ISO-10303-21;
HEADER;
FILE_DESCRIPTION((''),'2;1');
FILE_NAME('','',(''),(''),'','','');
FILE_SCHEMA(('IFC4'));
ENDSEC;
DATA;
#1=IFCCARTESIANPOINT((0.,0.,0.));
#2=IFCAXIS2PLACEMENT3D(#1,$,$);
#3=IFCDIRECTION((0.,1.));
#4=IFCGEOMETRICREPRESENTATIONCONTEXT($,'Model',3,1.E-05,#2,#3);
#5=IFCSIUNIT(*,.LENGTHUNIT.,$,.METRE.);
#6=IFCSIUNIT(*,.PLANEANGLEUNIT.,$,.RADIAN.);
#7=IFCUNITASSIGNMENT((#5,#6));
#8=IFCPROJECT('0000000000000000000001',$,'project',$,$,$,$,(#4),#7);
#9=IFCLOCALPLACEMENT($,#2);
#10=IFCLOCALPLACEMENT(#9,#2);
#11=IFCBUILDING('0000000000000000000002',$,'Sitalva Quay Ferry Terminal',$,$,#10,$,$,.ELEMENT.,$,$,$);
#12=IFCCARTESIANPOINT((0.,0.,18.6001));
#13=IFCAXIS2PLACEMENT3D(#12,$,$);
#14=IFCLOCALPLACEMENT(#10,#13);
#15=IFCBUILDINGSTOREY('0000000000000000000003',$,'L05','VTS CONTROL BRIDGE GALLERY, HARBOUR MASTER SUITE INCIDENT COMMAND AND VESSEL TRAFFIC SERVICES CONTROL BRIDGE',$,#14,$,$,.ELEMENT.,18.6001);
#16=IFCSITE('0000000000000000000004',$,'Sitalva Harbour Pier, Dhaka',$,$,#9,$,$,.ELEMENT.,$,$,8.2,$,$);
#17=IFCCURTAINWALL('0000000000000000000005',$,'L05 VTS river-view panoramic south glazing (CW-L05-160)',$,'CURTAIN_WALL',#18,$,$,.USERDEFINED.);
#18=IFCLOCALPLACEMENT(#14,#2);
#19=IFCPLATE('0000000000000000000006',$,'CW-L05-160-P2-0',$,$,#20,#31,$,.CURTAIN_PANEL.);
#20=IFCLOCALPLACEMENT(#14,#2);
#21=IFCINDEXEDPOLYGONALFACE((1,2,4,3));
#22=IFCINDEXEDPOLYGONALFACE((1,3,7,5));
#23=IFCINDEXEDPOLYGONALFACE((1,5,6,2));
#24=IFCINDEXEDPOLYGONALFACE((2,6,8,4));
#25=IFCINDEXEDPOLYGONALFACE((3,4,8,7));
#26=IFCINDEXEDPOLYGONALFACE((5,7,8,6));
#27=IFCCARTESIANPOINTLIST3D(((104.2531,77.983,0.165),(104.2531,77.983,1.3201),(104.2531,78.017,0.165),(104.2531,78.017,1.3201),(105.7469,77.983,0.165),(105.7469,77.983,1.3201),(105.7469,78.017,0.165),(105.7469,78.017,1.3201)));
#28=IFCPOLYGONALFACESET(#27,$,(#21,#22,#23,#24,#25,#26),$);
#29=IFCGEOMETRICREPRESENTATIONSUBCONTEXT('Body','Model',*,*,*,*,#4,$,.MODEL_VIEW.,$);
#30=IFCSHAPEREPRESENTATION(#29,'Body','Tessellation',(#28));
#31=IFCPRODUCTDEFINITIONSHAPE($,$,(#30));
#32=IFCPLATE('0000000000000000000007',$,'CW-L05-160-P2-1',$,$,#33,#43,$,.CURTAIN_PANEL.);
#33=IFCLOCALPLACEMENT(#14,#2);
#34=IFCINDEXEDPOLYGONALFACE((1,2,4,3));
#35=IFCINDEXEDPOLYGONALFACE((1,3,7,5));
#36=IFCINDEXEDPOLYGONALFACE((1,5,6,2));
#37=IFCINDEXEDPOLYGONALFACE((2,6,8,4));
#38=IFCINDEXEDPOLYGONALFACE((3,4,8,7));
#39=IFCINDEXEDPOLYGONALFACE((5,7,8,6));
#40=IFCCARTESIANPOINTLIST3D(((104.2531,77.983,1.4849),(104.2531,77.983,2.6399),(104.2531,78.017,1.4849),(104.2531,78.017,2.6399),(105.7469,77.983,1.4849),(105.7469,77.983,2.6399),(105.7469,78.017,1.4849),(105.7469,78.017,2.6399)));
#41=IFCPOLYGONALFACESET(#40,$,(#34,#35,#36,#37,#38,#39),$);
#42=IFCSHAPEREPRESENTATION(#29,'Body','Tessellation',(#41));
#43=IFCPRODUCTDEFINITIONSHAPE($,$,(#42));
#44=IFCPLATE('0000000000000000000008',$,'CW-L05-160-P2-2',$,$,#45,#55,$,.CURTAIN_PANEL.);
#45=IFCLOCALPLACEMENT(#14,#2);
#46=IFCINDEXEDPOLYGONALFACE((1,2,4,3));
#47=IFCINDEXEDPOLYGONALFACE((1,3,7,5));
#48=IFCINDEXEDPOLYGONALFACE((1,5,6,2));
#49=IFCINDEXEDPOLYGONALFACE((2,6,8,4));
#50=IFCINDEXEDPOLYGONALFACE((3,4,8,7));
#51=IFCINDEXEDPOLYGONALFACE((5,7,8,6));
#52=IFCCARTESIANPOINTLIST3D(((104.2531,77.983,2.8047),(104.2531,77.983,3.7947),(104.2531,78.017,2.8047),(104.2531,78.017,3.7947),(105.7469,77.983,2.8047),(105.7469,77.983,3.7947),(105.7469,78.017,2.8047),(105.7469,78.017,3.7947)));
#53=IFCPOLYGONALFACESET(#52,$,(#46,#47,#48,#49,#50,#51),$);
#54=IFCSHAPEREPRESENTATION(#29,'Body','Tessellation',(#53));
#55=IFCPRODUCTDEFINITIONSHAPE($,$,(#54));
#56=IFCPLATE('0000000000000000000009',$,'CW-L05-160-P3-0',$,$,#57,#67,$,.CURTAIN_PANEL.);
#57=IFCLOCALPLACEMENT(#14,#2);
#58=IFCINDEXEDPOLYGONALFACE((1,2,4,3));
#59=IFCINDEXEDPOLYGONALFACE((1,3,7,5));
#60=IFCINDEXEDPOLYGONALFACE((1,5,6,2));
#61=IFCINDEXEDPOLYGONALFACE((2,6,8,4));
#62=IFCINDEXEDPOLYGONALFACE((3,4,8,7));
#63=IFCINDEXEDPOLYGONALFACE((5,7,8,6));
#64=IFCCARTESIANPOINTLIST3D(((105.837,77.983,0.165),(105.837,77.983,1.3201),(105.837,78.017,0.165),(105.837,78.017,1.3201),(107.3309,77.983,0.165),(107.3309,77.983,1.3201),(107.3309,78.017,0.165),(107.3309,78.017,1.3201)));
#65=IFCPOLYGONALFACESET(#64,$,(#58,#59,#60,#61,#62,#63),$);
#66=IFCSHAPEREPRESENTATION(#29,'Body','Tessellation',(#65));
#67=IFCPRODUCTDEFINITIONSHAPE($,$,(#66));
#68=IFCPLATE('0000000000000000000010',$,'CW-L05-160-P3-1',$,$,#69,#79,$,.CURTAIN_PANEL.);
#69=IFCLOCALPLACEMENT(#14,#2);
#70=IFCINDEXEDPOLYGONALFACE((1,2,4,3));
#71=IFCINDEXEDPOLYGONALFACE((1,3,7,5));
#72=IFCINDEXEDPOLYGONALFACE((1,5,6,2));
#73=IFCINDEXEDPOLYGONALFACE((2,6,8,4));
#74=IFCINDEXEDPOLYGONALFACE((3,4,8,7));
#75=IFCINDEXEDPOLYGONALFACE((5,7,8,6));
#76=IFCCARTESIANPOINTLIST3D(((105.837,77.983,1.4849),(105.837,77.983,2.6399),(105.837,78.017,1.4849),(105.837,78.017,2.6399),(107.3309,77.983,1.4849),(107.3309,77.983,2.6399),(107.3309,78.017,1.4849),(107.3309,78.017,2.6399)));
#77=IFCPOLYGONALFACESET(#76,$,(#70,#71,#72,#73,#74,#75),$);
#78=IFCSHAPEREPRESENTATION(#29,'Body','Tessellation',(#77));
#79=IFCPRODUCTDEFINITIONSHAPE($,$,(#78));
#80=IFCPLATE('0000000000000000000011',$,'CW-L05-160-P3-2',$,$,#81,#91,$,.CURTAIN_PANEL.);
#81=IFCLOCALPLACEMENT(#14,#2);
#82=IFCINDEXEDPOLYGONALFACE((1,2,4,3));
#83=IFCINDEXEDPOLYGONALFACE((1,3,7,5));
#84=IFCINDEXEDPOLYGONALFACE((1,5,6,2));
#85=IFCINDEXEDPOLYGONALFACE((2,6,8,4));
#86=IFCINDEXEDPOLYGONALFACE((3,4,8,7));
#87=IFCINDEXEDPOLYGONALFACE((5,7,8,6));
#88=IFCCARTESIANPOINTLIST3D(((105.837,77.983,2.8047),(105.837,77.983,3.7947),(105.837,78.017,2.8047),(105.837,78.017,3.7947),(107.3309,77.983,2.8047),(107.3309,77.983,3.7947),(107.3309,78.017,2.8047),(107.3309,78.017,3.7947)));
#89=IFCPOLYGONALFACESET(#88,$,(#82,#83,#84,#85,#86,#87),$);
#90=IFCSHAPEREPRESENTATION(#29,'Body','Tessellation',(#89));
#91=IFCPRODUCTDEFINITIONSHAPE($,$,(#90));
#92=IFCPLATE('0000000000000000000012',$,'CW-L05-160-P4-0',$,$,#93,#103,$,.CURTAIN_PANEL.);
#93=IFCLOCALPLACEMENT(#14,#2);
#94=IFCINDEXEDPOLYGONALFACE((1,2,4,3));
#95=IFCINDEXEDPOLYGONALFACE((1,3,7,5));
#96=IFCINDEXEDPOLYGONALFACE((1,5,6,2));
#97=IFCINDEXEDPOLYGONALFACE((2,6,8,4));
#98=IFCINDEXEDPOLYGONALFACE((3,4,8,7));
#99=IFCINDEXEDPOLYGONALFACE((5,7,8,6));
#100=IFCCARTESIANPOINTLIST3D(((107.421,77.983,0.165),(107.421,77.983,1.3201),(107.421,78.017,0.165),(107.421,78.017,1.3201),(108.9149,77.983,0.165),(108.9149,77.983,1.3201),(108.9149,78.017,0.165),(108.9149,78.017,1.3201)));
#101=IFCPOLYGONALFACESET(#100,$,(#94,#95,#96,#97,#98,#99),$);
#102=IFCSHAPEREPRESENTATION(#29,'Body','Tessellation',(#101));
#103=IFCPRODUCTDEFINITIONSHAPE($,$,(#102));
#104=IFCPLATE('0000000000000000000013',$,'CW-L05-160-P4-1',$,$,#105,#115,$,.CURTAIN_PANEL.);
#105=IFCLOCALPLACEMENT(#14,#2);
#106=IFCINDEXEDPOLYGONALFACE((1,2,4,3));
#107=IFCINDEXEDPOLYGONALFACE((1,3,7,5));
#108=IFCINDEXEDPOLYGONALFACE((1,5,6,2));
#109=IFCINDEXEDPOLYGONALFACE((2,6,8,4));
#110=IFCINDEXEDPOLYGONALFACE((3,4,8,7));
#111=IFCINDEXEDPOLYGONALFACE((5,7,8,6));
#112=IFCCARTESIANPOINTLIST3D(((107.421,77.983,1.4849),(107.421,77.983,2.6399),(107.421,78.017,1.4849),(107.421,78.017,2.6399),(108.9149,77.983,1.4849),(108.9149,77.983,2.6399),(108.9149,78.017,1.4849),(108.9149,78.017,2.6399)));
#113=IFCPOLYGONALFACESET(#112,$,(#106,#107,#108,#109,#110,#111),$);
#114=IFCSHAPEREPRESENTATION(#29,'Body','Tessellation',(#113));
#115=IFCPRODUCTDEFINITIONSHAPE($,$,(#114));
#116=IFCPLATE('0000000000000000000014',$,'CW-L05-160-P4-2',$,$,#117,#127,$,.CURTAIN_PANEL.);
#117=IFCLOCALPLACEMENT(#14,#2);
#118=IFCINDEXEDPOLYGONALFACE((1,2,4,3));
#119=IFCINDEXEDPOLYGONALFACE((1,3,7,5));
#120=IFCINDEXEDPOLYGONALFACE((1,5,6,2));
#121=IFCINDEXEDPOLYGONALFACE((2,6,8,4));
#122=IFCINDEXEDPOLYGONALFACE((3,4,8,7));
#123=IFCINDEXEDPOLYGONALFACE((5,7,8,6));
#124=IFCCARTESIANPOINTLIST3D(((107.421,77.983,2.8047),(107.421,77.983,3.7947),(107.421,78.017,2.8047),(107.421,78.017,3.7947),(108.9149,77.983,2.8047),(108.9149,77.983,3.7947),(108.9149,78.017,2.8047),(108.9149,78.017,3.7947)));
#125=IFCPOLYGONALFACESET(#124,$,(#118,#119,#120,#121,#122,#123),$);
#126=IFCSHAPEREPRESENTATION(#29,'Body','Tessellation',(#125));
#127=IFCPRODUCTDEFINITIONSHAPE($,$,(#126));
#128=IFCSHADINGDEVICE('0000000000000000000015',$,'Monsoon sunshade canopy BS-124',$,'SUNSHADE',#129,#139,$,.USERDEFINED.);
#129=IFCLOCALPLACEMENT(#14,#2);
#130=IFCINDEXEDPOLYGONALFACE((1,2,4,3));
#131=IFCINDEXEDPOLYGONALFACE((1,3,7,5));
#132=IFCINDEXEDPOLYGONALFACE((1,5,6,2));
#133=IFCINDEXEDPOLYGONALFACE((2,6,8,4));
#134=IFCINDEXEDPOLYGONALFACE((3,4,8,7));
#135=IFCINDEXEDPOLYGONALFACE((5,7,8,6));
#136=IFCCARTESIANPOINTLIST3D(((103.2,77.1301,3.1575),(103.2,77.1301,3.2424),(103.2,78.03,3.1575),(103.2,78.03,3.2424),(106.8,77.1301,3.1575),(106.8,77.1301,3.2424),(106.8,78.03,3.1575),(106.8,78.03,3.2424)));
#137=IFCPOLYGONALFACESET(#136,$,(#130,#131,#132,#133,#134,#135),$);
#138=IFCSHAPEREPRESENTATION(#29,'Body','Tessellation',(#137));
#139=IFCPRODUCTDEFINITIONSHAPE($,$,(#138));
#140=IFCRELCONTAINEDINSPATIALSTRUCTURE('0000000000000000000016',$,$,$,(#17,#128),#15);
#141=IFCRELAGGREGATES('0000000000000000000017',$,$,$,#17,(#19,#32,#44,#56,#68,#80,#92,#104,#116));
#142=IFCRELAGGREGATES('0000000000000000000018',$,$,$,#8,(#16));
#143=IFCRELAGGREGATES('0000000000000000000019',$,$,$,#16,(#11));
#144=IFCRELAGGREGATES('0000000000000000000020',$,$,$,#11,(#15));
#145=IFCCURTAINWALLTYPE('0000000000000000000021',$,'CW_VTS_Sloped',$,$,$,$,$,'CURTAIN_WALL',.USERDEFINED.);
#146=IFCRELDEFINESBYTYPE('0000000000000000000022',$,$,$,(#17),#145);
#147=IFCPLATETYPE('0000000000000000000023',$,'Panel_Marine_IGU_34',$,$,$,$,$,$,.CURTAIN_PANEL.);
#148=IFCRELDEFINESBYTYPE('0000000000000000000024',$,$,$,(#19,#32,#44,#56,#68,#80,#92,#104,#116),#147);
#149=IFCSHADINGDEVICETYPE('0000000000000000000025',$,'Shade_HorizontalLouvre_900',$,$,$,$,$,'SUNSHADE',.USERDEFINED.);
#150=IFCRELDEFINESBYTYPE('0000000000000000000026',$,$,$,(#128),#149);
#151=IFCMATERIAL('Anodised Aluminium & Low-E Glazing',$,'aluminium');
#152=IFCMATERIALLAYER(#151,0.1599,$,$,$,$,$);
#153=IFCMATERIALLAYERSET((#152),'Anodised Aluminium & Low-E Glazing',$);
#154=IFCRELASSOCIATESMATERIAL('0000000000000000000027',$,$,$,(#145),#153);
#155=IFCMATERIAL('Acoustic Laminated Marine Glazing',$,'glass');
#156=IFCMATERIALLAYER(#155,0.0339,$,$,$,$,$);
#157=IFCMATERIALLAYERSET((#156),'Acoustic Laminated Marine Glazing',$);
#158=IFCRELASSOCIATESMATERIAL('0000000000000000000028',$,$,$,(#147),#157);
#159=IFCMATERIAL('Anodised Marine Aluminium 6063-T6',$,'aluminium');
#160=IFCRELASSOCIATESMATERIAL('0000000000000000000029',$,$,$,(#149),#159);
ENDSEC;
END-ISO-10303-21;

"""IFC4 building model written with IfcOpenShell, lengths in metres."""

from ifc_helpers import new_model, si_unit, direction, frame, origin, origin_2d, place, context, subcontext, project, spatial, rectangle, extrude, material, layer, layer_set, type_object, element, aggregate, save


model = new_model("IFC4")

# Units and contexts
model_context = context("Model", 3, precision=1e-05, world=origin(), true_north=direction((0.0, 1.0)))
body_context = subcontext(model_context, "Body", "Model", "MODEL_VIEW")
ifc_project = project(units=[si_unit("LENGTHUNIT", "METRE"), si_unit("PLANEANGLEUNIT", "RADIAN")], contexts=[model_context])

# Site, building, storey
site_placement = place(None, origin())
site = spatial("IfcSite", under=ifc_project, at=site_placement, Name="Sitalva Harbour Pier, Dhaka", CompositionType="ELEMENT", RefElevation=8.2)
building_placement = place(site_placement, origin())
building = spatial("IfcBuilding", under=site, at=building_placement, Name="Sitalva Quay Ferry Terminal", CompositionType="ELEMENT")
storey_placement = place(building_placement, frame((0.0, 0.0, 18.6001)))
storey = spatial("IfcBuildingStorey", under=building, at=storey_placement, Name="L05", Description="VTS CONTROL BRIDGE GALLERY, HARBOUR MASTER SUITE INCIDENT COMMAND AND VESSEL TRAFFIC SERVICES CONTROL BRIDGE", CompositionType="ELEMENT", Elevation=18.6001)

# Curtain wall, plates
ifc_material_1 = material(Name="Anodised Aluminium & Low-E Glazing", Category="aluminium")
ifc_layer_1 = layer(ifc_material_1, 0.1599)
ifc_layer_set_1 = layer_set([ifc_layer_1], Name="Anodised Aluminium & Low-E Glazing")
curtain_wall_type = type_object("IfcCurtainWallType", Name="CW_VTS_Sloped", ElementType="CURTAIN_WALL", PredefinedType="USERDEFINED", material=ifc_layer_set_1)
curtain_wall_placement = place(storey_placement, origin())
curtain_wall = element("IfcCurtainWall", 1, at=curtain_wall_placement, inside=storey, type_object=curtain_wall_type, Name="L05 VTS river-view panoramic south glazing (CW-L05-160)", ObjectType="CURTAIN_WALL", PredefinedType="USERDEFINED")
ifc_material_2 = material(Name="Acoustic Laminated Marine Glazing", Category="glass")
ifc_layer_2 = layer(ifc_material_2, 0.0339)
ifc_layer_set_2 = layer_set([ifc_layer_2], Name="Acoustic Laminated Marine Glazing")
plate_type = type_object("IfcPlateType", Name="Panel_Marine_IGU_34", PredefinedType="CURTAIN_PANEL", material=ifc_layer_set_2)
plate_1_placement = place(storey_placement, frame((105.0, 78.0, 0.165), z_axis=(0.0, 0.0, 1.0), x_axis=(1.0, 0.0, 0.0)))
plate_1 = element("IfcPlate", 2, at=plate_1_placement, type_object=plate_type, Name="CW-L05-160-P2-0", PredefinedType="CURTAIN_PANEL", context=body_context, shape_type="SweptSolid", body=[
    extrude(rectangle(XDim=1.4939, YDim=0.0339, at=origin_2d()), origin(), (0.0, 0.0, 1.0), 1.155),
])
plate_2_placement = place(storey_placement, frame((105.0, 78.0, 1.4849), z_axis=(0.0, 0.0, 1.0), x_axis=(1.0, 0.0, 0.0)))
plate_2 = element("IfcPlate", 3, at=plate_2_placement, type_object=plate_type, Name="CW-L05-160-P2-1", PredefinedType="CURTAIN_PANEL", context=body_context, shape_type="SweptSolid", body=[
    extrude(rectangle(XDim=1.4939, YDim=0.0339, at=origin_2d()), origin(), (0.0, 0.0, 1.0), 1.155),
])
plate_3_placement = place(storey_placement, frame((105.0, 78.0, 2.8047), z_axis=(0.0, 0.0, 1.0), x_axis=(1.0, 0.0, 0.0)))
plate_3 = element("IfcPlate", 4, at=plate_3_placement, type_object=plate_type, Name="CW-L05-160-P2-2", PredefinedType="CURTAIN_PANEL", context=body_context, shape_type="SweptSolid", body=[
    extrude(rectangle(XDim=1.4939, YDim=0.0339, at=origin_2d()), origin(), (0.0, 0.0, 1.0), 0.99),
])
plate_4_placement = place(storey_placement, frame((106.584, 78.0, 0.165), z_axis=(0.0, 0.0, 1.0), x_axis=(1.0, 0.0, 0.0)))
plate_4 = element("IfcPlate", 5, at=plate_4_placement, type_object=plate_type, Name="CW-L05-160-P3-0", PredefinedType="CURTAIN_PANEL", context=body_context, shape_type="SweptSolid", body=[
    extrude(rectangle(XDim=1.4939, YDim=0.0339, at=origin_2d()), origin(), (0.0, 0.0, 1.0), 1.155),
])
plate_5_placement = place(storey_placement, frame((106.584, 78.0, 1.4849), z_axis=(0.0, 0.0, 1.0), x_axis=(1.0, 0.0, 0.0)))
plate_5 = element("IfcPlate", 6, at=plate_5_placement, type_object=plate_type, Name="CW-L05-160-P3-1", PredefinedType="CURTAIN_PANEL", context=body_context, shape_type="SweptSolid", body=[
    extrude(rectangle(XDim=1.4939, YDim=0.0339, at=origin_2d()), origin(), (0.0, 0.0, 1.0), 1.155),
])
plate_6_placement = place(storey_placement, frame((106.584, 78.0, 2.8047), z_axis=(0.0, 0.0, 1.0), x_axis=(1.0, 0.0, 0.0)))
plate_6 = element("IfcPlate", 7, at=plate_6_placement, type_object=plate_type, Name="CW-L05-160-P3-2", PredefinedType="CURTAIN_PANEL", context=body_context, shape_type="SweptSolid", body=[
    extrude(rectangle(XDim=1.4939, YDim=0.0339, at=origin_2d()), origin(), (0.0, 0.0, 1.0), 0.99),
])
plate_7_placement = place(storey_placement, frame((108.168, 78.0, 0.165), z_axis=(0.0, 0.0, 1.0), x_axis=(1.0, 0.0, 0.0)))
plate_7 = element("IfcPlate", 8, at=plate_7_placement, type_object=plate_type, Name="CW-L05-160-P4-0", PredefinedType="CURTAIN_PANEL", context=body_context, shape_type="SweptSolid", body=[
    extrude(rectangle(XDim=1.4939, YDim=0.0339, at=origin_2d()), origin(), (0.0, 0.0, 1.0), 1.155),
])
plate_8_placement = place(storey_placement, frame((108.168, 78.0, 1.4849), z_axis=(0.0, 0.0, 1.0), x_axis=(1.0, 0.0, 0.0)))
plate_8 = element("IfcPlate", 9, at=plate_8_placement, type_object=plate_type, Name="CW-L05-160-P4-1", PredefinedType="CURTAIN_PANEL", context=body_context, shape_type="SweptSolid", body=[
    extrude(rectangle(XDim=1.4939, YDim=0.0339, at=origin_2d()), origin(), (0.0, 0.0, 1.0), 1.155),
])
plate_9_placement = place(storey_placement, frame((108.168, 78.0, 2.8047), z_axis=(0.0, 0.0, 1.0), x_axis=(1.0, 0.0, 0.0)))
plate_9 = element("IfcPlate", 10, at=plate_9_placement, type_object=plate_type, Name="CW-L05-160-P4-2", PredefinedType="CURTAIN_PANEL", context=body_context, shape_type="SweptSolid", body=[
    extrude(rectangle(XDim=1.4939, YDim=0.0339, at=origin_2d()), origin(), (0.0, 0.0, 1.0), 0.99),
])
aggregate(curtain_wall, [plate_1, plate_2, plate_3, plate_4, plate_5, plate_6, plate_7, plate_8, plate_9])

# Shading device
ifc_material_3 = material(Name="Anodised Marine Aluminium 6063-T6", Category="aluminium")
shading_device_type = type_object("IfcShadingDeviceType", Name="Shade_HorizontalLouvre_900", ElementType="SUNSHADE", PredefinedType="USERDEFINED", material=ifc_material_3)
shading_device_placement = place(storey_placement, frame((105.0, 77.5801, 3.1575), z_axis=(0.0, 0.0, 1.0), x_axis=(1.0, 0.0, 0.0)))
element("IfcShadingDevice", 11, at=shading_device_placement, inside=storey, type_object=shading_device_type, Name="Monsoon sunshade canopy BS-124", ObjectType="SUNSHADE", PredefinedType="USERDEFINED", context=body_context, shape_type="SweptSolid", body=[
    extrude(rectangle(XDim=3.6001, YDim=0.8999, at=origin_2d()), origin(), (0.0, 0.0, 1.0), 0.085),
])

save(model, "model.ifc")
